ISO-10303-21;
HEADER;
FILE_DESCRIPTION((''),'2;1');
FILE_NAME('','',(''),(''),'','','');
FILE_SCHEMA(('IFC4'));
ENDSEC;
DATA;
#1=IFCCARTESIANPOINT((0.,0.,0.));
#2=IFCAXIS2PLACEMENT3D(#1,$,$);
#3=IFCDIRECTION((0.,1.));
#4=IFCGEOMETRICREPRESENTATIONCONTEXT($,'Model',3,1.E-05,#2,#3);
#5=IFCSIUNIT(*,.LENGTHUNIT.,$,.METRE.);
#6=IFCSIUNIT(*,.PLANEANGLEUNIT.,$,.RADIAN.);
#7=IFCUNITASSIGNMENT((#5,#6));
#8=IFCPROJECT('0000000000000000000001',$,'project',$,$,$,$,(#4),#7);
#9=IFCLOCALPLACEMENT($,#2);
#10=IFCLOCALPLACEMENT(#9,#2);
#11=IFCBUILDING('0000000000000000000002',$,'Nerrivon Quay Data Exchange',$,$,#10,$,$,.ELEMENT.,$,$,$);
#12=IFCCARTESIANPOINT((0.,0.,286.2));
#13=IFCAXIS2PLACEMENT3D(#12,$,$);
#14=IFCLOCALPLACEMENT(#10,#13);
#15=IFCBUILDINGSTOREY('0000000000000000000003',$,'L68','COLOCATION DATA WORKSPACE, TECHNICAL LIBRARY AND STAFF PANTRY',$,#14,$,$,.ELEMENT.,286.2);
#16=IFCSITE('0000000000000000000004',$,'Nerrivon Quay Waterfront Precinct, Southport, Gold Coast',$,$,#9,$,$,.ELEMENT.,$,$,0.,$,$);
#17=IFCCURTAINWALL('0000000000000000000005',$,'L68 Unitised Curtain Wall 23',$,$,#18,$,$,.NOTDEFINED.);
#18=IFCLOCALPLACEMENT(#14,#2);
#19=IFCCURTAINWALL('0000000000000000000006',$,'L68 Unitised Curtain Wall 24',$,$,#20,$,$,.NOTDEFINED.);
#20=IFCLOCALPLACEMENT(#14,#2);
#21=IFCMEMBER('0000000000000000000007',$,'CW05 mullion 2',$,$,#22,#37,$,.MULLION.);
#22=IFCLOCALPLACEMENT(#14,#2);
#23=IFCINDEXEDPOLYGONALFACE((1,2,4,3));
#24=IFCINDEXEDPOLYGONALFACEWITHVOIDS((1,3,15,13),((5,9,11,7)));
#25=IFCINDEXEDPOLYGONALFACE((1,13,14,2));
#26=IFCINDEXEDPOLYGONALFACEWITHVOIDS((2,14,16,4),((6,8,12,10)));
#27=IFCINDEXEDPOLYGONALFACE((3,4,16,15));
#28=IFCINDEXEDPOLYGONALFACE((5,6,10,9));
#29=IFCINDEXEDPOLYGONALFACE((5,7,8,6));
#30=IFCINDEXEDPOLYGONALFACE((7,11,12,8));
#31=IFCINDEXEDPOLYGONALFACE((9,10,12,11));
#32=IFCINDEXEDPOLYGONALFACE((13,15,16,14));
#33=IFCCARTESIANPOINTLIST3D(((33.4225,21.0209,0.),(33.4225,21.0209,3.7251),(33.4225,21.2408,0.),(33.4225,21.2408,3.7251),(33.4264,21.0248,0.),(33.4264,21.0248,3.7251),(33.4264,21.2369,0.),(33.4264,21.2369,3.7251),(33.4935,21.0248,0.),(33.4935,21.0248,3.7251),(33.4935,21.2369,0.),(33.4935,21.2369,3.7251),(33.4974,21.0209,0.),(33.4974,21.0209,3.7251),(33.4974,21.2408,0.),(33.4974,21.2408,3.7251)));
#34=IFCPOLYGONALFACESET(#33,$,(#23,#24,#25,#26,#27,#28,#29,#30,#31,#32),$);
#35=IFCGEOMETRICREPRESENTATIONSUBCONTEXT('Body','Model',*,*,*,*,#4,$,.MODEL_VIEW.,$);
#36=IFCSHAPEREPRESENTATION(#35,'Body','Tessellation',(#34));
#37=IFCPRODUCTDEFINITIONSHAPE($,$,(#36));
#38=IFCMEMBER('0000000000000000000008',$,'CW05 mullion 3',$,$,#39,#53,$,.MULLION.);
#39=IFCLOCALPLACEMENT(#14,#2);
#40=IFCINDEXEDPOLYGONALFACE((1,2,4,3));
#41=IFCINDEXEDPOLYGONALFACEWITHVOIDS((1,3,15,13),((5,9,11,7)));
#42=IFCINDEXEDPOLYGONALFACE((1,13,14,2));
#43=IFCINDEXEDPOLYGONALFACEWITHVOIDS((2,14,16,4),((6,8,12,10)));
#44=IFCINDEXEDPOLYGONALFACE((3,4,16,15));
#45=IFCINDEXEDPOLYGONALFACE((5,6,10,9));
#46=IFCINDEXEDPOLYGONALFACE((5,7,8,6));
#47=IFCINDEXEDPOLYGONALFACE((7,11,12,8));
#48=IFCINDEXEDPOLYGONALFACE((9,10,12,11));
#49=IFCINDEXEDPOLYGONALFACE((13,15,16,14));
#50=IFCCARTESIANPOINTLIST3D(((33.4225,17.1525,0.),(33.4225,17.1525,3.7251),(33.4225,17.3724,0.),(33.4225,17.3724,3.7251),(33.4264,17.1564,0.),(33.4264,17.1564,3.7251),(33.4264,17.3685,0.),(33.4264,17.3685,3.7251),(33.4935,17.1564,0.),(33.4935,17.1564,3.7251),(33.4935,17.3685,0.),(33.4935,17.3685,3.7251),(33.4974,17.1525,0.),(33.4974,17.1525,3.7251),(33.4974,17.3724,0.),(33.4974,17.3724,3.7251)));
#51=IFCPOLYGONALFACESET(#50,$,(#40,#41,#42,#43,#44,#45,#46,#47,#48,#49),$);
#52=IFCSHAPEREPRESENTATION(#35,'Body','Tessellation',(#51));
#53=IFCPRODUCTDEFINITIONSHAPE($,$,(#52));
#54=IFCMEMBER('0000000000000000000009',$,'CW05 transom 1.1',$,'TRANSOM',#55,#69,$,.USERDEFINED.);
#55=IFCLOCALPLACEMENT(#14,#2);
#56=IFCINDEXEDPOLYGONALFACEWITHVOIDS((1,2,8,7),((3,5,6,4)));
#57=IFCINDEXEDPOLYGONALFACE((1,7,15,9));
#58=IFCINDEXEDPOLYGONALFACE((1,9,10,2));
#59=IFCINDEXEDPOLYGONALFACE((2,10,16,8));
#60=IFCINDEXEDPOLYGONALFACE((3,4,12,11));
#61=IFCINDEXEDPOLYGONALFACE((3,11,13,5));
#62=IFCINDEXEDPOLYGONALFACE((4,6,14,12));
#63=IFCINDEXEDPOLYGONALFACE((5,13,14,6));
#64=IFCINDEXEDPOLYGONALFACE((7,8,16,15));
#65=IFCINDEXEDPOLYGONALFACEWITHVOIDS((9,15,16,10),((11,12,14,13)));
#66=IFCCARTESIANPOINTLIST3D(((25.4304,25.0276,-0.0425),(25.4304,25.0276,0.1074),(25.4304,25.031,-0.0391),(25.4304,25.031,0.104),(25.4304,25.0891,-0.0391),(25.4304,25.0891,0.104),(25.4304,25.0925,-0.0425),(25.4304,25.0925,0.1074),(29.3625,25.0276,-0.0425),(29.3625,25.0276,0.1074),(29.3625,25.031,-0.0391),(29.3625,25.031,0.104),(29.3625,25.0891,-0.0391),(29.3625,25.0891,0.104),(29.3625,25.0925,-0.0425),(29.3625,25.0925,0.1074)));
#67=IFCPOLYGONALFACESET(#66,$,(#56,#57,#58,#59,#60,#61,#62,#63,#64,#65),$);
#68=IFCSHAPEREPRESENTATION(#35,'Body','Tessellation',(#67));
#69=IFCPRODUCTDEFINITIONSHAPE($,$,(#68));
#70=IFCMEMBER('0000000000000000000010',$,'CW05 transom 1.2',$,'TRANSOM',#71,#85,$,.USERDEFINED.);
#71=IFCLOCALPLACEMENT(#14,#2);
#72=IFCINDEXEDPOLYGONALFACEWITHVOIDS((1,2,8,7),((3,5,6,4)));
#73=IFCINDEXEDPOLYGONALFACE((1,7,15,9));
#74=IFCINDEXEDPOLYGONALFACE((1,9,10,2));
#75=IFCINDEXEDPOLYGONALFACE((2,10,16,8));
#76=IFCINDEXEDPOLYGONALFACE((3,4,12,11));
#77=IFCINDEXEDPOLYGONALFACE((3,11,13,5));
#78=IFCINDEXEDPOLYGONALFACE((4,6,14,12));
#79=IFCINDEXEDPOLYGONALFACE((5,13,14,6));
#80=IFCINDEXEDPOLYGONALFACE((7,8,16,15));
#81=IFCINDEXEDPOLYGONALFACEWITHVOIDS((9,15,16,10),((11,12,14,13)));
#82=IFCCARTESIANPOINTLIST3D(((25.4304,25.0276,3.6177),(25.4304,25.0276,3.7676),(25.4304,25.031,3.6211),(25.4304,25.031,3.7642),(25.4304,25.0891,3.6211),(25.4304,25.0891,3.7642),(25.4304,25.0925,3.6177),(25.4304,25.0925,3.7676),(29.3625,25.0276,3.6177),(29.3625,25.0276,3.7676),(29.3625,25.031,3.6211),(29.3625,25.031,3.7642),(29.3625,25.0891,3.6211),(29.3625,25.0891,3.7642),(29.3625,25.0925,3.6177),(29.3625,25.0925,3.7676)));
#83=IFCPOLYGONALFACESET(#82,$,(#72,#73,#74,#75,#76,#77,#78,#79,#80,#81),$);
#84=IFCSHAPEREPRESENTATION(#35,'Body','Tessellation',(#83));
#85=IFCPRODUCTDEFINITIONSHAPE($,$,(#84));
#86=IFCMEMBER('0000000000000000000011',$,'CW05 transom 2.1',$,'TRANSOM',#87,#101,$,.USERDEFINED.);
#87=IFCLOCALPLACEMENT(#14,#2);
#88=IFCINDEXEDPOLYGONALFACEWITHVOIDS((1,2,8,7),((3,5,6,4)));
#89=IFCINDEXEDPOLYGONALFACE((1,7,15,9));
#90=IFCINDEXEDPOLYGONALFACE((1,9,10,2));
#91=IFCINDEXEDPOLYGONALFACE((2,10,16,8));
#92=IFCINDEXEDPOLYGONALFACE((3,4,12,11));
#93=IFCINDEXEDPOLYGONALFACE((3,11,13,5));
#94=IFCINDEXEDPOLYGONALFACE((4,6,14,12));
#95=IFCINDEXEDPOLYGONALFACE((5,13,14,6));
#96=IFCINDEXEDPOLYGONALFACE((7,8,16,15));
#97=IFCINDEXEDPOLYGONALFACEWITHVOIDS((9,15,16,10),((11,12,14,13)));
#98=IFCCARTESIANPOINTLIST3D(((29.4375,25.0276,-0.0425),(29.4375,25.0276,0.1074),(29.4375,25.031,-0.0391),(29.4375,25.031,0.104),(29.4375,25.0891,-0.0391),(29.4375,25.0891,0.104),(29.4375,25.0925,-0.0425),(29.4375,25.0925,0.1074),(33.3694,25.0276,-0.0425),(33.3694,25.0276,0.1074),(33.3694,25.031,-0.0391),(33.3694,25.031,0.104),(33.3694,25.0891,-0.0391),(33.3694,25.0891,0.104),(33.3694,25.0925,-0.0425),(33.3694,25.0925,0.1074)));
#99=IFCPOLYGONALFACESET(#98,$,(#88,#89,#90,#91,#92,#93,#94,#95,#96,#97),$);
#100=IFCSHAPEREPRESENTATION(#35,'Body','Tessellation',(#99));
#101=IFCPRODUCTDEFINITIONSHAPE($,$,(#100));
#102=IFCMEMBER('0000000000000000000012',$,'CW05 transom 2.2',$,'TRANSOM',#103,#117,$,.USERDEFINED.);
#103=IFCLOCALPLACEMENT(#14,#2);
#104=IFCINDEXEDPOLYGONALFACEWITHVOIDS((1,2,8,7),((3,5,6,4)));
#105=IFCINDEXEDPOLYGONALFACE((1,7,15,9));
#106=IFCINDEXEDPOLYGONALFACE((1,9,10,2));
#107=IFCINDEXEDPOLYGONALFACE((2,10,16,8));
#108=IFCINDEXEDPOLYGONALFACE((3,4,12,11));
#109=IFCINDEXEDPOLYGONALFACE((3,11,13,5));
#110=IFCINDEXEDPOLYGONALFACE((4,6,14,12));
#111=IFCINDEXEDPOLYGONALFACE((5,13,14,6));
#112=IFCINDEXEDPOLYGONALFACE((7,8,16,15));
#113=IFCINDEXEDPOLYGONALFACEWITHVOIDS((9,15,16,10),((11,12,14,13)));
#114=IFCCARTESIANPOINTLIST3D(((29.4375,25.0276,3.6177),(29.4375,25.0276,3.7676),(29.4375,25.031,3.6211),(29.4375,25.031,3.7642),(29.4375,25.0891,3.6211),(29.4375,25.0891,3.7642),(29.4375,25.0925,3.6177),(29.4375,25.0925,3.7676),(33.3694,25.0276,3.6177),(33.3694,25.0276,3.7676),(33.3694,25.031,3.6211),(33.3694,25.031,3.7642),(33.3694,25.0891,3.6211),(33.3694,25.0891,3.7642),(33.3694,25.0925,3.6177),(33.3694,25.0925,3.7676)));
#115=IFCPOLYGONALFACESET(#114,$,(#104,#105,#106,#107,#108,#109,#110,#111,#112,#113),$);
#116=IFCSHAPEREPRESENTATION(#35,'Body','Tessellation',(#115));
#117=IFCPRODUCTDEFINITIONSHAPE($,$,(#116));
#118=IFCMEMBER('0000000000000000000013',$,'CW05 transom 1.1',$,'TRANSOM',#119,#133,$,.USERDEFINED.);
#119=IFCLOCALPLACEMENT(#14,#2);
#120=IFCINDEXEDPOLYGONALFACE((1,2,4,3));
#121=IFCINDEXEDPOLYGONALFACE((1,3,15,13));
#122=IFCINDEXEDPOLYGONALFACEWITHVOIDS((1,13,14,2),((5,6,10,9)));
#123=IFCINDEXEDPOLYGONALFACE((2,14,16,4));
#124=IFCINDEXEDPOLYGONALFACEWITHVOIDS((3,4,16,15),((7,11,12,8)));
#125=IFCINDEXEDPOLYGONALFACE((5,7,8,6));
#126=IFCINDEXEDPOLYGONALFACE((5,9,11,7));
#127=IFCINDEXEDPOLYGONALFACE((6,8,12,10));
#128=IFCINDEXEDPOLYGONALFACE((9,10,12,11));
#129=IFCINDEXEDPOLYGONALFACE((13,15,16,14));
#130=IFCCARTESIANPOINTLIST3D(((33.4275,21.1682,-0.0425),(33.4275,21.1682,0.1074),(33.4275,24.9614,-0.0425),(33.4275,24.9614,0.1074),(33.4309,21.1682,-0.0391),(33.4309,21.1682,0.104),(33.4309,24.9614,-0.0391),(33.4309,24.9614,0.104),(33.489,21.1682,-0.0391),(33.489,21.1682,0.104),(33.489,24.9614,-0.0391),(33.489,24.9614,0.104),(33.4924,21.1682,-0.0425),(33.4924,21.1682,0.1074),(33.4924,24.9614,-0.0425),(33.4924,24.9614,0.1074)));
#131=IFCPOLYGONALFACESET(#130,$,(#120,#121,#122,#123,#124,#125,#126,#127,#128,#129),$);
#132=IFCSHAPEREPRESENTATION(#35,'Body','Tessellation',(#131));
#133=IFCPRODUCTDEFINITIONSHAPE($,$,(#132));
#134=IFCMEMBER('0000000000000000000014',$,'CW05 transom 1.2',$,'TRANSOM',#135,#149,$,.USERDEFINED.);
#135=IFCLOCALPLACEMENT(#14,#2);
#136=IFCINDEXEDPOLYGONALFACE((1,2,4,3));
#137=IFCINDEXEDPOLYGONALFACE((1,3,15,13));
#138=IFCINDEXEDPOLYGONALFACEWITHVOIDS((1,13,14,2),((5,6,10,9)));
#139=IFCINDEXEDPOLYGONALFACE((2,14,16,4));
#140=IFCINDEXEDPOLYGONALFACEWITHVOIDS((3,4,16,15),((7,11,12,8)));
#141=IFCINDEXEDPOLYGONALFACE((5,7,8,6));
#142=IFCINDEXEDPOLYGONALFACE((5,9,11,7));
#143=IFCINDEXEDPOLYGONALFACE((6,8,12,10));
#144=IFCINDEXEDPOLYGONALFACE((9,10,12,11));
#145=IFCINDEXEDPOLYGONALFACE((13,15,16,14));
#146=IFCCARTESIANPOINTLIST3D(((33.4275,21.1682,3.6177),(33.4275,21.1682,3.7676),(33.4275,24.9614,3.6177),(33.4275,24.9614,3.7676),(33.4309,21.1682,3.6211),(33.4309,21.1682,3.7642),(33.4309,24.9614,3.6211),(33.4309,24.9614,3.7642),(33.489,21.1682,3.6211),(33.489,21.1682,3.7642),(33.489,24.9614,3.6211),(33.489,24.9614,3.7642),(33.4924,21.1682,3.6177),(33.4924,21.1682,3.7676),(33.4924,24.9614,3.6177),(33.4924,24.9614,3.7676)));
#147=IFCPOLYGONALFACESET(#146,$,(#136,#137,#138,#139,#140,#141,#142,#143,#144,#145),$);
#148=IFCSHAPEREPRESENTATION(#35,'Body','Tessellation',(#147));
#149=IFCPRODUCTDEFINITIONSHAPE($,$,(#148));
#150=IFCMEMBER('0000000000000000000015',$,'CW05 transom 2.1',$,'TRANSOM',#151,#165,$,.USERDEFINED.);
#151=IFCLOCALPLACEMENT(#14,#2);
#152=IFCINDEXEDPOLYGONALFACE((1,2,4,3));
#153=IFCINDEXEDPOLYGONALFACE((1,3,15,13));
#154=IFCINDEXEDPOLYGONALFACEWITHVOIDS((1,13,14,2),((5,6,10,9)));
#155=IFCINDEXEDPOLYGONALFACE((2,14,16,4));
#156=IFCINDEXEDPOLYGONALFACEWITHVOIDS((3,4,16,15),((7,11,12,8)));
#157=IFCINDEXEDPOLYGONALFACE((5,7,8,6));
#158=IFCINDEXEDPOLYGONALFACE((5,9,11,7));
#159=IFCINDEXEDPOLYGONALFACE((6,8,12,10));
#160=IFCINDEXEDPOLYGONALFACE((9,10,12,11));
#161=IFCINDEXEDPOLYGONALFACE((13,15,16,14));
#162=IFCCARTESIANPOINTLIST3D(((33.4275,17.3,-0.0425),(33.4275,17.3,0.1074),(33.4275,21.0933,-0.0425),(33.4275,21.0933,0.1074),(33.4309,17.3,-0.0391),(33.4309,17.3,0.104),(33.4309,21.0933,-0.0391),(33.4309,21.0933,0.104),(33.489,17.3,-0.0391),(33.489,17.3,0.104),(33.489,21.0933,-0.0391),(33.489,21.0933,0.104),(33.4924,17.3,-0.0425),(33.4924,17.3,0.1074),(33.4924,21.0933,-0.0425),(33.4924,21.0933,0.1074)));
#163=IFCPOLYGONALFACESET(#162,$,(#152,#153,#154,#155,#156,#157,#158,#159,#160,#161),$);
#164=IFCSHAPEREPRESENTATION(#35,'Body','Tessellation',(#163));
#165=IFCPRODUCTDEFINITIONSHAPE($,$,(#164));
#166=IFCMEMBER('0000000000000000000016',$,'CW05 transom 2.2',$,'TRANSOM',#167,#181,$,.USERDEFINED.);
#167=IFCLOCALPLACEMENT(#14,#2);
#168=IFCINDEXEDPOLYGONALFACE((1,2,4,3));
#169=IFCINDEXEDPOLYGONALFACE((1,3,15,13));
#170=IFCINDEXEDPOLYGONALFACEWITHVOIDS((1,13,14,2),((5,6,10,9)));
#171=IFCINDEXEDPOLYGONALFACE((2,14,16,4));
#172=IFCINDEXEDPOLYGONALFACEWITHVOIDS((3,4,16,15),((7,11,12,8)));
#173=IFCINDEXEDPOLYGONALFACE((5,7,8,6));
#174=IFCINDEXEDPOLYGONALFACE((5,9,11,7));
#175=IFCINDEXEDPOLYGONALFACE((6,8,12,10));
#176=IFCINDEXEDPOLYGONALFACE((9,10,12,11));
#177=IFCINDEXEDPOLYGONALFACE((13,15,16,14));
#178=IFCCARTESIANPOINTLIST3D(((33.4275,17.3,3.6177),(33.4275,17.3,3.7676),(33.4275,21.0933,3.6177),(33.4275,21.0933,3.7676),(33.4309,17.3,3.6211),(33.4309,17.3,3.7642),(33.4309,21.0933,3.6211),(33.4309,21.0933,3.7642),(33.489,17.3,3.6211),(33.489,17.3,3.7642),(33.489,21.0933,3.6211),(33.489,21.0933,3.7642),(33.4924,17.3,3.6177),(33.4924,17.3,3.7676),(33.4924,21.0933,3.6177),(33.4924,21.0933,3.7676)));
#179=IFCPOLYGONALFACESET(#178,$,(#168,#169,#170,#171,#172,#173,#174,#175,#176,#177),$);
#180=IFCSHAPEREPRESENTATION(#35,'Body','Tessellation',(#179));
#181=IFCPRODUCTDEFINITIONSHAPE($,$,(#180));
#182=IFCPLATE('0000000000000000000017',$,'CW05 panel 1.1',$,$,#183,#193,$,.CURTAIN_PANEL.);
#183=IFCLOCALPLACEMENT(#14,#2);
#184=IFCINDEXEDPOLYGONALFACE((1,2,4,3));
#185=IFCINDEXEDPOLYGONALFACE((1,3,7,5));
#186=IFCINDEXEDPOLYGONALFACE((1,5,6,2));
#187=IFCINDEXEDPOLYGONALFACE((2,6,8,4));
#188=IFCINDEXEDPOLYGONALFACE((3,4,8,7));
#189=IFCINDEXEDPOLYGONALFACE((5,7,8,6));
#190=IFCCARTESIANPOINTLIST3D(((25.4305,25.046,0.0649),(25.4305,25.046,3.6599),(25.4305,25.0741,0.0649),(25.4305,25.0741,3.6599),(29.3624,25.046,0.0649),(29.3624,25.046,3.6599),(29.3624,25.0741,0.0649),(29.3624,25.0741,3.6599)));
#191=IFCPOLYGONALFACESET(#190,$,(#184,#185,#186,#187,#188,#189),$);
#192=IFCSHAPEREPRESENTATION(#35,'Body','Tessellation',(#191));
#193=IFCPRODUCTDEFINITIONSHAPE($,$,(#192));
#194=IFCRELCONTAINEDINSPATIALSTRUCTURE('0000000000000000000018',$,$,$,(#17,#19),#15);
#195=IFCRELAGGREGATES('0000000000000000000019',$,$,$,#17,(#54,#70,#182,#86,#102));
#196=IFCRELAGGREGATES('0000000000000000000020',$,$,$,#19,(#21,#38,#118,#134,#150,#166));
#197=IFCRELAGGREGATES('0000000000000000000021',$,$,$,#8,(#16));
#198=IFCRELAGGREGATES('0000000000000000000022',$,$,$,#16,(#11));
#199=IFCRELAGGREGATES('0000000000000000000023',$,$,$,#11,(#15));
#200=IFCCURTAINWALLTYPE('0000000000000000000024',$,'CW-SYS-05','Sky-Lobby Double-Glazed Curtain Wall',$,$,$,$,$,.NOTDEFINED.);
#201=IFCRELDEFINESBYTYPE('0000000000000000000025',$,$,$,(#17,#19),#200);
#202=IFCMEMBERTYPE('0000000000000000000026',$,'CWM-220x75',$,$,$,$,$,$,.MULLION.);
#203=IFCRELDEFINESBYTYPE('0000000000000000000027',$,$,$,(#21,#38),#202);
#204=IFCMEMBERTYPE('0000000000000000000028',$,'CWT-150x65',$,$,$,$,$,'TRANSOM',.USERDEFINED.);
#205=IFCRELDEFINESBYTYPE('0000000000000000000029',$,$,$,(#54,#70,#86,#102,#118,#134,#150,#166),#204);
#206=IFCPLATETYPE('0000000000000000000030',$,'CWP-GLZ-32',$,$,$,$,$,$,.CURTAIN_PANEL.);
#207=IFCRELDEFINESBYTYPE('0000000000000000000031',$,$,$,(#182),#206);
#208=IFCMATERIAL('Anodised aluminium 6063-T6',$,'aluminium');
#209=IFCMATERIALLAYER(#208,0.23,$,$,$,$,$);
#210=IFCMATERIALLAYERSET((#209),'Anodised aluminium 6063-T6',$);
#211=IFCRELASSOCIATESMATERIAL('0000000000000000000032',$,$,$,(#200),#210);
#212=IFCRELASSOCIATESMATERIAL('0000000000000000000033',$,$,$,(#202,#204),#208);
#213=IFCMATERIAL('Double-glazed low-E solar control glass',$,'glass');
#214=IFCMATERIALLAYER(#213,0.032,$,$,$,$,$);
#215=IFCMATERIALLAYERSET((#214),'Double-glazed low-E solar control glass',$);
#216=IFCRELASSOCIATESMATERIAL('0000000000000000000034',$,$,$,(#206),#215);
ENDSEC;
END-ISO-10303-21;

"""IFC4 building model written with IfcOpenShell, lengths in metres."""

from ifc_helpers import new_model, si_unit, direction, frame, origin, origin_2d, place, context, subcontext, project, spatial, rectangle, hollow_rectangle, extrude, material, layer, layer_set, material_profile, profile_set, type_object, element, aggregate, save


model = new_model("IFC4")

# Units and contexts
model_context = context("Model", 3, precision=1e-05, world=origin(), true_north=direction((0.0, 1.0)))
body_context = subcontext(model_context, "Body", "Model", "MODEL_VIEW")
ifc_project = project(units=[si_unit("LENGTHUNIT", "METRE"), si_unit("PLANEANGLEUNIT", "RADIAN")], contexts=[model_context])

# Site, building, storey
site_placement = place(None, origin())
site = spatial("IfcSite", under=ifc_project, at=site_placement, Name="Nerrivon Quay Waterfront Precinct, Southport, Gold Coast", CompositionType="ELEMENT", RefElevation=0.0)
building_placement = place(site_placement, origin())
building = spatial("IfcBuilding", under=site, at=building_placement, Name="Nerrivon Quay Data Exchange", CompositionType="ELEMENT")
storey_placement = place(building_placement, frame((0.0, 0.0, 286.2)))
storey = spatial("IfcBuildingStorey", under=building, at=storey_placement, Name="L68", Description="COLOCATION DATA WORKSPACE, TECHNICAL LIBRARY AND STAFF PANTRY", CompositionType="ELEMENT", Elevation=286.2)

# Curtain walls, members
ifc_material_1 = material(Name="Anodised aluminium 6063-T6", Category="aluminium")
ifc_layer_1 = layer(ifc_material_1, 0.23)
ifc_layer_set_1 = layer_set([ifc_layer_1], Name="Anodised aluminium 6063-T6")
curtain_wall_type = type_object("IfcCurtainWallType", Name="CW-SYS-05", Description="Sky-Lobby Double-Glazed Curtain Wall", PredefinedType="NOTDEFINED", material=ifc_layer_set_1)
curtain_wall_1_placement = place(storey_placement, origin())
curtain_wall_1 = element("IfcCurtainWall", 1, at=curtain_wall_1_placement, inside=storey, type_object=curtain_wall_type, Name="L68 Unitised Curtain Wall 23", PredefinedType="NOTDEFINED")
ifc_material_profile_1 = material_profile(ifc_material_1, hollow_rectangle(XDim=0.075, YDim=0.22, WallThickness=0.0039, at=origin_2d()), Name="ALU-MULL-220x75")
ifc_profile_set_1 = profile_set([ifc_material_profile_1], Name="Anodised aluminium 6063-T6")
member_type_1 = type_object("IfcMemberType", Name="CWM-220x75", PredefinedType="MULLION", material=ifc_profile_set_1)
curtain_wall_2_placement = place(storey_placement, origin())
curtain_wall_2 = element("IfcCurtainWall", 2, at=curtain_wall_2_placement, inside=storey, type_object=curtain_wall_type, Name="L68 Unitised Curtain Wall 24", PredefinedType="NOTDEFINED")
member_1_placement = place(storey_placement, frame((33.46, 21.1309, 0.0), z_axis=(0.0, 0.0, 1.0), x_axis=(1.0, 0.0, 0.0)))
member_1 = element("IfcMember", 3, at=member_1_placement, type_object=member_type_1, Name="CW05 mullion 2", PredefinedType="MULLION", context=body_context, shape_type="SweptSolid", body=[
    extrude(hollow_rectangle(XDim=0.075, YDim=0.22, WallThickness=0.0039, at=origin_2d()), origin(), (0.0, 0.0, 1.0), 3.7251),
])
member_2_placement = place(storey_placement, frame((33.46, 17.2625, 0.0), z_axis=(0.0, 0.0, 1.0), x_axis=(1.0, 0.0, 0.0)))
member_2 = element("IfcMember", 4, at=member_2_placement, type_object=member_type_1, Name="CW05 mullion 3", PredefinedType="MULLION", context=body_context, shape_type="SweptSolid", body=[
    extrude(hollow_rectangle(XDim=0.075, YDim=0.22, WallThickness=0.0039, at=origin_2d()), origin(), (0.0, 0.0, 1.0), 3.7251),
])

# Members
ifc_material_profile_2 = material_profile(ifc_material_1, hollow_rectangle(XDim=0.0649, YDim=0.1499, WallThickness=0.0034, at=origin_2d()), Name="ALU-TRAN-150x65")
ifc_profile_set_2 = profile_set([ifc_material_profile_2], Name="Anodised aluminium 6063-T6")
member_type_2 = type_object("IfcMemberType", Name="CWT-150x65", ElementType="TRANSOM", PredefinedType="USERDEFINED", material=ifc_profile_set_2)
member_3_placement = place(storey_placement, frame((25.4304, 25.0601, 0.0325), z_axis=(1.0, 0.0, 0.0), x_axis=(0.0, 1.0, 0.0)))
member_3 = element("IfcMember", 5, at=member_3_placement, type_object=member_type_2, Name="CW05 transom 1.1", ObjectType="TRANSOM", PredefinedType="USERDEFINED", context=body_context, shape_type="SweptSolid", body=[
    extrude(hollow_rectangle(XDim=0.0649, YDim=0.1499, WallThickness=0.0034, at=origin_2d()), origin(), (0.0, 0.0, 1.0), 3.9321),
])
member_4_placement = place(storey_placement, frame((25.4304, 25.0601, 3.6926), z_axis=(1.0, 0.0, 0.0), x_axis=(0.0, 1.0, 0.0)))
member_4 = element("IfcMember", 6, at=member_4_placement, type_object=member_type_2, Name="CW05 transom 1.2", ObjectType="TRANSOM", PredefinedType="USERDEFINED", context=body_context, shape_type="SweptSolid", body=[
    extrude(hollow_rectangle(XDim=0.0649, YDim=0.1499, WallThickness=0.0034, at=origin_2d()), origin(), (0.0, 0.0, 1.0), 3.9321),
])
member_5_placement = place(storey_placement, frame((29.4375, 25.0601, 0.0325), z_axis=(1.0, 0.0, 0.0), x_axis=(0.0, 1.0, 0.0)))
member_5 = element("IfcMember", 7, at=member_5_placement, type_object=member_type_2, Name="CW05 transom 2.1", ObjectType="TRANSOM", PredefinedType="USERDEFINED", context=body_context, shape_type="SweptSolid", body=[
    extrude(hollow_rectangle(XDim=0.0649, YDim=0.1499, WallThickness=0.0034, at=origin_2d()), origin(), (0.0, 0.0, 1.0), 3.9319),
])
member_6_placement = place(storey_placement, frame((29.4375, 25.0601, 3.6926), z_axis=(1.0, 0.0, 0.0), x_axis=(0.0, 1.0, 0.0)))
member_6 = element("IfcMember", 8, at=member_6_placement, type_object=member_type_2, Name="CW05 transom 2.2", ObjectType="TRANSOM", PredefinedType="USERDEFINED", context=body_context, shape_type="SweptSolid", body=[
    extrude(hollow_rectangle(XDim=0.0649, YDim=0.1499, WallThickness=0.0034, at=origin_2d()), origin(), (0.0, 0.0, 1.0), 3.9319),
])
member_7_placement = place(storey_placement, frame((33.46, 24.9614, 0.0325), z_axis=(0.0, -1.0, 0.0), x_axis=(1.0, 0.0, 0.0)))
member_7 = element("IfcMember", 9, at=member_7_placement, type_object=member_type_2, Name="CW05 transom 1.1", ObjectType="TRANSOM", PredefinedType="USERDEFINED", context=body_context, shape_type="SweptSolid", body=[
    extrude(hollow_rectangle(XDim=0.0649, YDim=0.1499, WallThickness=0.0034, at=origin_2d()), origin(), (0.0, 0.0, 1.0), 3.7932),
])
member_8_placement = place(storey_placement, frame((33.46, 24.9614, 3.6926), z_axis=(0.0, -1.0, 0.0), x_axis=(1.0, 0.0, 0.0)))
member_8 = element("IfcMember", 10, at=member_8_placement, type_object=member_type_2, Name="CW05 transom 1.2", ObjectType="TRANSOM", PredefinedType="USERDEFINED", context=body_context, shape_type="SweptSolid", body=[
    extrude(hollow_rectangle(XDim=0.0649, YDim=0.1499, WallThickness=0.0034, at=origin_2d()), origin(), (0.0, 0.0, 1.0), 3.7932),
])
member_9_placement = place(storey_placement, frame((33.46, 21.0933, 0.0325), z_axis=(0.0, -1.0, 0.0), x_axis=(1.0, 0.0, 0.0)))
member_9 = element("IfcMember", 11, at=member_9_placement, type_object=member_type_2, Name="CW05 transom 2.1", ObjectType="TRANSOM", PredefinedType="USERDEFINED", context=body_context, shape_type="SweptSolid", body=[
    extrude(hollow_rectangle(XDim=0.0649, YDim=0.1499, WallThickness=0.0034, at=origin_2d()), origin(), (0.0, 0.0, 1.0), 3.7932),
])
member_10_placement = place(storey_placement, frame((33.46, 21.0933, 3.6926), z_axis=(0.0, -1.0, 0.0), x_axis=(1.0, 0.0, 0.0)))
member_10 = element("IfcMember", 12, at=member_10_placement, type_object=member_type_2, Name="CW05 transom 2.2", ObjectType="TRANSOM", PredefinedType="USERDEFINED", context=body_context, shape_type="SweptSolid", body=[
    extrude(hollow_rectangle(XDim=0.0649, YDim=0.1499, WallThickness=0.0034, at=origin_2d()), origin(), (0.0, 0.0, 1.0), 3.7932),
])

# Plate
ifc_material_2 = material(Name="Double-glazed low-E solar control glass", Category="glass")
ifc_layer_2 = layer(ifc_material_2, 0.032)
ifc_layer_set_2 = layer_set([ifc_layer_2], Name="Double-glazed low-E solar control glass")
plate_type = type_object("IfcPlateType", Name="CWP-GLZ-32", PredefinedType="CURTAIN_PANEL", material=ifc_layer_set_2)
plate_1_placement = place(storey_placement, frame((27.3965, 25.0601, 0.0649), z_axis=(0.0, 0.0, 1.0), x_axis=(1.0, 0.0, 0.0)))
plate_1 = element("IfcPlate", 13, at=plate_1_placement, type_object=plate_type, Name="CW05 panel 1.1", PredefinedType="CURTAIN_PANEL", context=body_context, shape_type="SweptSolid", body=[
    extrude(rectangle(XDim=3.9319, YDim=0.0281, at=origin_2d()), origin(), (0.0, 0.0, 1.0), 3.595),
])
aggregate(curtain_wall_1, [member_3, member_4, plate_1, member_5, member_6])
aggregate(curtain_wall_2, [member_1, member_2, member_7, member_8, member_9, member_10])

save(model, "model.ifc")
